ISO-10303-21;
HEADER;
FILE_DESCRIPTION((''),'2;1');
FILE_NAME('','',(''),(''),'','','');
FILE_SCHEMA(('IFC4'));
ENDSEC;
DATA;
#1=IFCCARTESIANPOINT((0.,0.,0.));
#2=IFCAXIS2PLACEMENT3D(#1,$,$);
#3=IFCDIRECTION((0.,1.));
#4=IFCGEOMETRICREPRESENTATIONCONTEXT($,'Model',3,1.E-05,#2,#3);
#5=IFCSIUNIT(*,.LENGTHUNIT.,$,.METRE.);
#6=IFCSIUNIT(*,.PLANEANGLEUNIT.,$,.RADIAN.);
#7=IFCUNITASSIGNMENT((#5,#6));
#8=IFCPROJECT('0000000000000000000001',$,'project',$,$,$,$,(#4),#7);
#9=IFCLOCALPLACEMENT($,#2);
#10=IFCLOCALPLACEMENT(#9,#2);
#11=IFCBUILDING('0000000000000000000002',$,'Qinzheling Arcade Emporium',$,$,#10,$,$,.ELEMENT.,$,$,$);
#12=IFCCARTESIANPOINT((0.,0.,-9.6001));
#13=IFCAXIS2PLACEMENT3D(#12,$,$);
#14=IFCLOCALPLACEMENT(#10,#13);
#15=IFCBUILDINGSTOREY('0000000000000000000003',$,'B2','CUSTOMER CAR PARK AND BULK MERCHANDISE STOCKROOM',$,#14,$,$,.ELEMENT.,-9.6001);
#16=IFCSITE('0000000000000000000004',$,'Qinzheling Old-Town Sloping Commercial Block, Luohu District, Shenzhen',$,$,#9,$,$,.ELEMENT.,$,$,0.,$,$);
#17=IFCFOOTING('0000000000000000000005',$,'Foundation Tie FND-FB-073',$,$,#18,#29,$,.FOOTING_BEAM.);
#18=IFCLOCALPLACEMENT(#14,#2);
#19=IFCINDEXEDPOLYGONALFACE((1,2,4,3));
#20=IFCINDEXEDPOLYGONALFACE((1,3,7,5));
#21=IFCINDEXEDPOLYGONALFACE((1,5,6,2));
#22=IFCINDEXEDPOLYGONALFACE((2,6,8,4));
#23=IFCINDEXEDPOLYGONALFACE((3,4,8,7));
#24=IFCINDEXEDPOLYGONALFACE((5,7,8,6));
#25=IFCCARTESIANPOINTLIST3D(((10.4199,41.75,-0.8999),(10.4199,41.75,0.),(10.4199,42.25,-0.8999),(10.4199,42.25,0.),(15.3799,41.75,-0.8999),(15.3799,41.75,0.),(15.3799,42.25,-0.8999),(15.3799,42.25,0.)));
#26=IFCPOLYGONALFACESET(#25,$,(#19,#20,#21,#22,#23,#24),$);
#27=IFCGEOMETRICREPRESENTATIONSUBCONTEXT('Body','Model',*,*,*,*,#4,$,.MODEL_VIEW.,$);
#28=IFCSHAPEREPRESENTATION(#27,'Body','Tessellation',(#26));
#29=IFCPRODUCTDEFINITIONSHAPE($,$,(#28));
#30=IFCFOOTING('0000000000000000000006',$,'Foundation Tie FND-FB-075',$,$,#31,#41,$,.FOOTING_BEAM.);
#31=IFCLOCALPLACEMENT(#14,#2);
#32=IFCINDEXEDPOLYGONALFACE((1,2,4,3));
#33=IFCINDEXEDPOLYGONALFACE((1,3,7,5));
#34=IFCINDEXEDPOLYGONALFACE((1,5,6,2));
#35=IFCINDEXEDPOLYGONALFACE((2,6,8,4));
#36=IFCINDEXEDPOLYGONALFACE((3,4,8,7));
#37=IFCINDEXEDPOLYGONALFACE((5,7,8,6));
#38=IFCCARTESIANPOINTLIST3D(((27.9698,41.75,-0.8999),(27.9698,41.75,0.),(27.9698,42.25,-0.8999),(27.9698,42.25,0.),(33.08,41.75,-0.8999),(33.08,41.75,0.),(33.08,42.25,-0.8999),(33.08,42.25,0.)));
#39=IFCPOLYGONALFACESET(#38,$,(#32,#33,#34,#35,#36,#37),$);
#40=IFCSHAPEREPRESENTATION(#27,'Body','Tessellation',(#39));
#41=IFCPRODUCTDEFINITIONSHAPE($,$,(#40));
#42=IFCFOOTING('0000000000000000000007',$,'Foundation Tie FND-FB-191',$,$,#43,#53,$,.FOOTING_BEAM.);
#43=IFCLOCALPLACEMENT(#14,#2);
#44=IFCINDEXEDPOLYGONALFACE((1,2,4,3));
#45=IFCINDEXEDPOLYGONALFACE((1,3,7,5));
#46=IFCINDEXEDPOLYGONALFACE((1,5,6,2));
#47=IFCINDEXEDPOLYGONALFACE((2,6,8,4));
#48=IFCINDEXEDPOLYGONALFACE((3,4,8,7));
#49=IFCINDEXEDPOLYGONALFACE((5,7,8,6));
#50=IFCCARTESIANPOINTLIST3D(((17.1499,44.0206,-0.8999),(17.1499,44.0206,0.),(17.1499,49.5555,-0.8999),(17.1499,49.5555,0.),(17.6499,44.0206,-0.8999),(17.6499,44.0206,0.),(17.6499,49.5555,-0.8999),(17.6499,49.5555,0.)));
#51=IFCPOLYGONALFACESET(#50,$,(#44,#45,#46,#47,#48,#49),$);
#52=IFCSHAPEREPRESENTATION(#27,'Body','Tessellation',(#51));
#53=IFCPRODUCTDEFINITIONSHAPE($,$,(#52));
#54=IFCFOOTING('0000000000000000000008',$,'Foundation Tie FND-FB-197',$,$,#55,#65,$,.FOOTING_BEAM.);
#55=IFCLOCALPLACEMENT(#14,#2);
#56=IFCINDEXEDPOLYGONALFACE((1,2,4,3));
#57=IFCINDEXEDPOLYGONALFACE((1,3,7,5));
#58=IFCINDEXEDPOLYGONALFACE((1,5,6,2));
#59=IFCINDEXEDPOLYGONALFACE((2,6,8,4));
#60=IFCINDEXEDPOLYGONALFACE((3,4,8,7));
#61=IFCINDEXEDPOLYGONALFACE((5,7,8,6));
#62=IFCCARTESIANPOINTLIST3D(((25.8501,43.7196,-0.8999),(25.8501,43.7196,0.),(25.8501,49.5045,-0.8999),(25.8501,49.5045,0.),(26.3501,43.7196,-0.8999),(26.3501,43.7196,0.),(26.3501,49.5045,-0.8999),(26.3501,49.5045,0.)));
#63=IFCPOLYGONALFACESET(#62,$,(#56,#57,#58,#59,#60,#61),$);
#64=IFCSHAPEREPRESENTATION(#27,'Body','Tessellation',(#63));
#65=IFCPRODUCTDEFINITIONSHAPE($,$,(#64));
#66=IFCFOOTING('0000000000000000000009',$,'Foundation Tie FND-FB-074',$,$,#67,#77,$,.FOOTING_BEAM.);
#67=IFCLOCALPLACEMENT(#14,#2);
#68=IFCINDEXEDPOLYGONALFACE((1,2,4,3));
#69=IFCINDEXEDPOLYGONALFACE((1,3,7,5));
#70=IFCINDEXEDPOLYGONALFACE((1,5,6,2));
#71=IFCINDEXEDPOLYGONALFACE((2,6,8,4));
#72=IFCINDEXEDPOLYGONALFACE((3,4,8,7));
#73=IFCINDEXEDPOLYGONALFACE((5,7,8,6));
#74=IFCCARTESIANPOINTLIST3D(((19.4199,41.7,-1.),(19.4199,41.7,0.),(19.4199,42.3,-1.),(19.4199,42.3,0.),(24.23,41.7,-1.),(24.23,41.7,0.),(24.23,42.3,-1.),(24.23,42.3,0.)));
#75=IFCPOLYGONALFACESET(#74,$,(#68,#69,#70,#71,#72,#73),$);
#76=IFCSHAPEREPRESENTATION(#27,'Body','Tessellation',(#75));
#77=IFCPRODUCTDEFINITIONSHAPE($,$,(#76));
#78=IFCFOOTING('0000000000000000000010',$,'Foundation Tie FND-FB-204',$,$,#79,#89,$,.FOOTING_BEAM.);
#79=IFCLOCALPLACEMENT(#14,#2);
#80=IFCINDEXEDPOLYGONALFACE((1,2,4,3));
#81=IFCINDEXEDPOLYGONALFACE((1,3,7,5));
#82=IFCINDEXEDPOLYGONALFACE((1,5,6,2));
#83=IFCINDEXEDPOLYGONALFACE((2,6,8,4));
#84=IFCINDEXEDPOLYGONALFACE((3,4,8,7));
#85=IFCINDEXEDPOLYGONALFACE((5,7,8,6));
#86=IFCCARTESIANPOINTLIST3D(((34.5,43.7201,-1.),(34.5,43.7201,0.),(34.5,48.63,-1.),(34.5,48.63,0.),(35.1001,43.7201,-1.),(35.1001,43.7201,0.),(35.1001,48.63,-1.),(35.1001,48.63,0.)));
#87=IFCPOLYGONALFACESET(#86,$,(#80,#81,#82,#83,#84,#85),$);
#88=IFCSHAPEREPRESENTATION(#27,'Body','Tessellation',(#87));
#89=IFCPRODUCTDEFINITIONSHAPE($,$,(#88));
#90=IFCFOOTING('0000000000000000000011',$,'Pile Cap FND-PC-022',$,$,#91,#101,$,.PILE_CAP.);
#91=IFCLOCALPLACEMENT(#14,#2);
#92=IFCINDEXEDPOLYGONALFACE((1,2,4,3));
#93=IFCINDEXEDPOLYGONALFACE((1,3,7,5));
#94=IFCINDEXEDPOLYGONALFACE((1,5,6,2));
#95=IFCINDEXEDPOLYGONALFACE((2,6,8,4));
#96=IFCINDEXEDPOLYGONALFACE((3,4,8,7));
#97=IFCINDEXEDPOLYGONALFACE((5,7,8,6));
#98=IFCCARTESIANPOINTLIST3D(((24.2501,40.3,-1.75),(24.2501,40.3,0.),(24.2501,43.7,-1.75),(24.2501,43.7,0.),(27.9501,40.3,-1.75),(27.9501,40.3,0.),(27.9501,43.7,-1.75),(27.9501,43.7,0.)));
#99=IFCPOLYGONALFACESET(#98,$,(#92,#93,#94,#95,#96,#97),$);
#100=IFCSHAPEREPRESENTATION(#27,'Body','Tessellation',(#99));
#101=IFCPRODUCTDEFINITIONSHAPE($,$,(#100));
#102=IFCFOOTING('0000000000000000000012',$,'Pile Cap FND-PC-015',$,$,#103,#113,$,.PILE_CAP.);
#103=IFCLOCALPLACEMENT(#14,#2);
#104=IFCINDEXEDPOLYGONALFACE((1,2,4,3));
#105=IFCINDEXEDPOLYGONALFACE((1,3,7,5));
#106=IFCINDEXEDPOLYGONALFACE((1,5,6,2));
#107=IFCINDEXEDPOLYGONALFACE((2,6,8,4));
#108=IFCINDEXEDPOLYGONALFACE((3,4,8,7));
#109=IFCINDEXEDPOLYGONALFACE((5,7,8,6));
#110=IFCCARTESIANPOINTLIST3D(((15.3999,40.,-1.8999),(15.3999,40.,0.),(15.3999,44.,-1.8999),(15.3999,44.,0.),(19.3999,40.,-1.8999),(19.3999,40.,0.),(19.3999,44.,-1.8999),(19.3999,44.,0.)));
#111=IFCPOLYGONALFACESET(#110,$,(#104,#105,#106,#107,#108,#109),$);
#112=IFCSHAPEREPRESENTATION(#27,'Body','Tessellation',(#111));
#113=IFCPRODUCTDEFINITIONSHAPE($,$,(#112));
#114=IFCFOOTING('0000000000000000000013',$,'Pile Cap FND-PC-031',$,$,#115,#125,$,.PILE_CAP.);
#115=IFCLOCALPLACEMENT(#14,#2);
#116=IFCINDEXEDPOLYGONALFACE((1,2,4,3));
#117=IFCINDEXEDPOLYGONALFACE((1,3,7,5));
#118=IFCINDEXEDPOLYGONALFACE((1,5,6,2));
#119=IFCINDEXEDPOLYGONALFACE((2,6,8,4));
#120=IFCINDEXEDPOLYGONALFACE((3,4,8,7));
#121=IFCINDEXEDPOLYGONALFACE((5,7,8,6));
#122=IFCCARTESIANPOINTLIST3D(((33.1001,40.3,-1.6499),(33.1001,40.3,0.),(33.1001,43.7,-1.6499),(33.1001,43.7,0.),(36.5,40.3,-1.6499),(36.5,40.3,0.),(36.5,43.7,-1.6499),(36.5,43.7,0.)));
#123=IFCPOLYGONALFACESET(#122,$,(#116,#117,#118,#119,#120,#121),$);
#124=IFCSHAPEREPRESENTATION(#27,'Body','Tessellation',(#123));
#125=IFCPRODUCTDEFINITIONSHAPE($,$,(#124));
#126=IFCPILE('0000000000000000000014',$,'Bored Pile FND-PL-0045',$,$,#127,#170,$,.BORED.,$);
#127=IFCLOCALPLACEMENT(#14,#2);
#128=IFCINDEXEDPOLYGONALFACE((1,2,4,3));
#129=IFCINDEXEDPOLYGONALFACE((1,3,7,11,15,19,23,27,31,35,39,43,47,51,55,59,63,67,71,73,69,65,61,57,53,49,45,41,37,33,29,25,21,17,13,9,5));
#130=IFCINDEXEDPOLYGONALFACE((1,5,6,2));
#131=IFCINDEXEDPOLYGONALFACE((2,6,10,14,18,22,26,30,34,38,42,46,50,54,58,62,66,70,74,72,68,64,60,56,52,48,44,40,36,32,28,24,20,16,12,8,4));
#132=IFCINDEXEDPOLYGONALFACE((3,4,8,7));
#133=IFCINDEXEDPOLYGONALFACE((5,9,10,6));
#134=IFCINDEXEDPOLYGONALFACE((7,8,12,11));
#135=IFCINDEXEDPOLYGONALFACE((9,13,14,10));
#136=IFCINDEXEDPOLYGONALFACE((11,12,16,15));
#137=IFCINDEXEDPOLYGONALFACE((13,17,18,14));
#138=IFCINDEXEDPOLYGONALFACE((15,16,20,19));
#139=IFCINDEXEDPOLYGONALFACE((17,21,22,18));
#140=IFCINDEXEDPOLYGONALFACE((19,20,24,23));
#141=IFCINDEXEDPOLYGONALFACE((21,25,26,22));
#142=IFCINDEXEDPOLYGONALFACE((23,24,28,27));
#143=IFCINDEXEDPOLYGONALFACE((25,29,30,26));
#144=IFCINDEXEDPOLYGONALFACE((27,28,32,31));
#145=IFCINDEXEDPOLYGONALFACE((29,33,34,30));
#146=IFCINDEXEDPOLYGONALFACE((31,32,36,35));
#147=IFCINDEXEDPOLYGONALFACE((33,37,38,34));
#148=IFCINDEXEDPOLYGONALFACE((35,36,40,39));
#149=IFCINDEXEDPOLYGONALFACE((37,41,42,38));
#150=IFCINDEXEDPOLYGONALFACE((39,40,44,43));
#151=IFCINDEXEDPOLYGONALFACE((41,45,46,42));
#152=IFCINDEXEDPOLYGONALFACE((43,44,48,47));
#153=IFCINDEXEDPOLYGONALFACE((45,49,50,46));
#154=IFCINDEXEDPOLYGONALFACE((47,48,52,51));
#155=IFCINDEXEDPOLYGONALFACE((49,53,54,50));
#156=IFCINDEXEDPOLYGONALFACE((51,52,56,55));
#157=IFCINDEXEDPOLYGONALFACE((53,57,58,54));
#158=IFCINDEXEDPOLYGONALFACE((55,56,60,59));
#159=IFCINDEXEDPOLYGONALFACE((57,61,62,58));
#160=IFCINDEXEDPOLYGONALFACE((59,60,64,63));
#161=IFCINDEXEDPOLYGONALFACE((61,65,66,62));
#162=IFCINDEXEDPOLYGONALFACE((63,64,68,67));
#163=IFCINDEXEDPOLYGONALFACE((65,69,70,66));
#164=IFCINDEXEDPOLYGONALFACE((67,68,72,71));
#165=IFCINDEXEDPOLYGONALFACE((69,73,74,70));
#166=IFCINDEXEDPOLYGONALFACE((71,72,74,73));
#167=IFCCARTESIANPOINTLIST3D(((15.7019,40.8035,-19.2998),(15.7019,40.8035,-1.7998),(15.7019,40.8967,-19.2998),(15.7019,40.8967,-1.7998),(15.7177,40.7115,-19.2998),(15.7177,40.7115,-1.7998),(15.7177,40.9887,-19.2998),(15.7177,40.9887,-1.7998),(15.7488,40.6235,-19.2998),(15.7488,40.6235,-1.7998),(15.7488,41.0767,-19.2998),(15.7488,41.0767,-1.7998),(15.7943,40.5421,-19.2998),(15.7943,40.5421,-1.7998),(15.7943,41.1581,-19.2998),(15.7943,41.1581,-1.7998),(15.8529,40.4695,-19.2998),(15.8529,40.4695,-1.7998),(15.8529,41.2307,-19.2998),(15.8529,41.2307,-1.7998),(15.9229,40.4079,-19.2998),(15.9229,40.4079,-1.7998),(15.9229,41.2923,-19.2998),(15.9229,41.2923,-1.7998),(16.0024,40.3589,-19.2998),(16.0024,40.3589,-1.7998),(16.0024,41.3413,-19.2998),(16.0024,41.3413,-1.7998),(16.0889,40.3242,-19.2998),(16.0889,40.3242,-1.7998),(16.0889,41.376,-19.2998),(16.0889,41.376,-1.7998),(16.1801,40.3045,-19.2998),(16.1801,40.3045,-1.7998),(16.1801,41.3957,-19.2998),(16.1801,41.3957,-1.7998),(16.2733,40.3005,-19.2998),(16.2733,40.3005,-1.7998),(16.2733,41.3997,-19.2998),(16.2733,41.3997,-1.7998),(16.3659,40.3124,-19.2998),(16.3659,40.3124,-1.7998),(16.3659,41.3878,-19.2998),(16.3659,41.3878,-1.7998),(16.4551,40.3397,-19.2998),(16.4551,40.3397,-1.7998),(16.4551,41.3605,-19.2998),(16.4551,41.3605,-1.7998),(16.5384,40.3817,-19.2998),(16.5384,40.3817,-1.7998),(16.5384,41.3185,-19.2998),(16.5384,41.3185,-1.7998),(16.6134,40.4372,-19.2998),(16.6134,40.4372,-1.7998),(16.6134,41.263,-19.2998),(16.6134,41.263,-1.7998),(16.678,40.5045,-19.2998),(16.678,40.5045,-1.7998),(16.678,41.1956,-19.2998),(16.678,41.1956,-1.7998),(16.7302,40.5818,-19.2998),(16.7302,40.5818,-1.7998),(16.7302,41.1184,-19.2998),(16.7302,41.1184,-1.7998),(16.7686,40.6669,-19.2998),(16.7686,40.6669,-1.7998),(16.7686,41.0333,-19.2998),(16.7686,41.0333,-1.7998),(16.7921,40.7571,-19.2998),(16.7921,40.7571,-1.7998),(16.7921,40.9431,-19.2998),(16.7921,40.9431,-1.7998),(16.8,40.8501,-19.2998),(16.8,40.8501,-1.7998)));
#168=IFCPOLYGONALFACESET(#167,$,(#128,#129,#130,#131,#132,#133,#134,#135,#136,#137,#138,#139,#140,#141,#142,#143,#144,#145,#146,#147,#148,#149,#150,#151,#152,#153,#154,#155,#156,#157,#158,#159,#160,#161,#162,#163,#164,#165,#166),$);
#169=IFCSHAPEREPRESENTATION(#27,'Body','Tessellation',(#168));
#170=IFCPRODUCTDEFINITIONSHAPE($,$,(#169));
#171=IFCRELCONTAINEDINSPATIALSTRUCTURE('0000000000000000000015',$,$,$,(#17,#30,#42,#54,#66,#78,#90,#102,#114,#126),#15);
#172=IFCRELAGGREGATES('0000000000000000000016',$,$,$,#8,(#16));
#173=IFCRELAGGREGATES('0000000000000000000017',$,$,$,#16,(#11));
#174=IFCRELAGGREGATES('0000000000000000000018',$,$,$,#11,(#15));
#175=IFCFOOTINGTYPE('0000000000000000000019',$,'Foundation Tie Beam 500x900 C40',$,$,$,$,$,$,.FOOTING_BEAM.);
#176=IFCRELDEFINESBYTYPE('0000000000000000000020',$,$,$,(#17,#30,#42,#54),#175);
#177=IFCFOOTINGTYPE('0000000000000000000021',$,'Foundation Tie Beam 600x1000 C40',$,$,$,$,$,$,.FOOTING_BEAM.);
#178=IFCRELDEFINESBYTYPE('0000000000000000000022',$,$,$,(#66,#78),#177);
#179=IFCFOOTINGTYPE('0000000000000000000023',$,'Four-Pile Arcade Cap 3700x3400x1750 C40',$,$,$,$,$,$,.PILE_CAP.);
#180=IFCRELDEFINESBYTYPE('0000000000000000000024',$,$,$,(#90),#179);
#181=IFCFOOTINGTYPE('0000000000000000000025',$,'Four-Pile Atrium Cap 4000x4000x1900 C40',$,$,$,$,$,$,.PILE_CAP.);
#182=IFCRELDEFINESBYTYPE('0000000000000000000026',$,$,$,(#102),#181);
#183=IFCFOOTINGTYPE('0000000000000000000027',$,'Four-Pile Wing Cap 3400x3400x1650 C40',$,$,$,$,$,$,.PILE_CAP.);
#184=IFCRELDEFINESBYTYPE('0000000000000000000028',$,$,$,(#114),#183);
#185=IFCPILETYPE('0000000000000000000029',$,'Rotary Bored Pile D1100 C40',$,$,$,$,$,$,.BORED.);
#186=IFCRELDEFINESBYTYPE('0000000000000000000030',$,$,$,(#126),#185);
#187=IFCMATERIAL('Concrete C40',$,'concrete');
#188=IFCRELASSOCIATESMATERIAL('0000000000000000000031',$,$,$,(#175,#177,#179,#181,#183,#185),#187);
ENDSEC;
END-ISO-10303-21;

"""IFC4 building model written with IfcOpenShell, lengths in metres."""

from ifc_helpers import new_model, si_unit, direction, frame, origin, origin_2d, place, context, subcontext, project, spatial, rectangle, circle, extrude, material, material_profile, profile_set, type_object, element, save


model = new_model("IFC4")

# Units and contexts
model_context = context("Model", 3, precision=1e-05, world=origin(), true_north=direction((0.0, 1.0)))
body_context = subcontext(model_context, "Body", "Model", "MODEL_VIEW")
ifc_project = project(units=[si_unit("LENGTHUNIT", "METRE"), si_unit("PLANEANGLEUNIT", "RADIAN")], contexts=[model_context])

# Site, building, storey
site_placement = place(None, origin())
site = spatial("IfcSite", under=ifc_project, at=site_placement, Name="Qinzheling Old-Town Sloping Commercial Block, Luohu District, Shenzhen", CompositionType="ELEMENT", RefElevation=0.0)
building_placement = place(site_placement, origin())
building = spatial("IfcBuilding", under=site, at=building_placement, Name="Qinzheling Arcade Emporium", CompositionType="ELEMENT")
storey_placement = place(building_placement, frame((0.0, 0.0, -9.6001)))
storey = spatial("IfcBuildingStorey", under=building, at=storey_placement, Name="B2", Description="CUSTOMER CAR PARK AND BULK MERCHANDISE STOCKROOM", CompositionType="ELEMENT", Elevation=-9.6001)

# Footings
ifc_material_1 = material(Name="Concrete C40", Category="concrete")
footing_type_1 = type_object("IfcFootingType", Name="Foundation Tie Beam 500x900 C40", PredefinedType="FOOTING_BEAM", material=ifc_material_1)
footing_1_placement = place(storey_placement, frame((12.8999, 42.0, -0.8999), z_axis=(0.0, 0.0, 1.0), x_axis=(1.0, 0.0, 0.0)))
element("IfcFooting", 1, at=footing_1_placement, inside=storey, type_object=footing_type_1, Name="Foundation Tie FND-FB-073", PredefinedType="FOOTING_BEAM", context=body_context, shape_type="SweptSolid", body=[
    extrude(rectangle(XDim=4.96, YDim=0.5, at=origin_2d()), origin(), (0.0, 0.0, 1.0), 0.8999),
])
footing_2_placement = place(storey_placement, frame((30.5249, 42.0, -0.8999), z_axis=(0.0, 0.0, 1.0), x_axis=(1.0, 0.0, 0.0)))
element("IfcFooting", 2, at=footing_2_placement, inside=storey, type_object=footing_type_1, Name="Foundation Tie FND-FB-075", PredefinedType="FOOTING_BEAM", context=body_context, shape_type="SweptSolid", body=[
    extrude(rectangle(XDim=5.1101, YDim=0.5, at=origin_2d()), origin(), (0.0, 0.0, 1.0), 0.8999),
])
footing_3_placement = place(storey_placement, frame((17.3999, 46.7881, -0.8999), z_axis=(0.0, 0.0, 1.0), x_axis=(1.0, 0.0, 0.0)))
element("IfcFooting", 3, at=footing_3_placement, inside=storey, type_object=footing_type_1, Name="Foundation Tie FND-FB-191", PredefinedType="FOOTING_BEAM", context=body_context, shape_type="SweptSolid", body=[
    extrude(rectangle(XDim=0.5, YDim=5.5349, at=origin_2d()), origin(), (0.0, 0.0, 1.0), 0.8999),
])
footing_4_placement = place(storey_placement, frame((26.1001, 46.6121, -0.8999), z_axis=(0.0, 0.0, 1.0), x_axis=(1.0, 0.0, 0.0)))
element("IfcFooting", 4, at=footing_4_placement, inside=storey, type_object=footing_type_1, Name="Foundation Tie FND-FB-197", PredefinedType="FOOTING_BEAM", context=body_context, shape_type="SweptSolid", body=[
    extrude(rectangle(XDim=0.5, YDim=5.7849, at=origin_2d()), origin(), (0.0, 0.0, 1.0), 0.8999),
])
footing_type_2 = type_object("IfcFootingType", Name="Foundation Tie Beam 600x1000 C40", PredefinedType="FOOTING_BEAM", material=ifc_material_1)
footing_5_placement = place(storey_placement, frame((21.825, 42.0, -1.0), z_axis=(0.0, 0.0, 1.0), x_axis=(1.0, 0.0, 0.0)))
element("IfcFooting", 5, at=footing_5_placement, inside=storey, type_object=footing_type_2, Name="Foundation Tie FND-FB-074", PredefinedType="FOOTING_BEAM", context=body_context, shape_type="SweptSolid", body=[
    extrude(rectangle(XDim=4.8101, YDim=0.6001, at=origin_2d()), origin(), (0.0, 0.0, 1.0), 1.0),
])
footing_6_placement = place(storey_placement, frame((34.8, 46.175, -1.0), z_axis=(0.0, 0.0, 1.0), x_axis=(1.0, 0.0, 0.0)))
element("IfcFooting", 6, at=footing_6_placement, inside=storey, type_object=footing_type_2, Name="Foundation Tie FND-FB-204", PredefinedType="FOOTING_BEAM", context=body_context, shape_type="SweptSolid", body=[
    extrude(rectangle(XDim=0.6001, YDim=4.9099, at=origin_2d()), origin(), (0.0, 0.0, 1.0), 1.0),
])
footing_type_3 = type_object("IfcFootingType", Name="Four-Pile Arcade Cap 3700x3400x1750 C40", PredefinedType="PILE_CAP", material=ifc_material_1)
footing_7_placement = place(storey_placement, frame((26.1001, 42.0, -1.75), z_axis=(0.0, 0.0, 1.0), x_axis=(1.0, 0.0, 0.0)))
element("IfcFooting", 7, at=footing_7_placement, inside=storey, type_object=footing_type_3, Name="Pile Cap FND-PC-022", PredefinedType="PILE_CAP", context=body_context, shape_type="SweptSolid", body=[
    extrude(rectangle(XDim=3.7, YDim=3.3999, at=origin_2d()), origin(), (0.0, 0.0, 1.0), 1.75),
])
footing_type_4 = type_object("IfcFootingType", Name="Four-Pile Atrium Cap 4000x4000x1900 C40", PredefinedType="PILE_CAP", material=ifc_material_1)
footing_8_placement = place(storey_placement, frame((17.3999, 42.0, -1.8999), z_axis=(0.0, 0.0, 1.0), x_axis=(1.0, 0.0, 0.0)))
element("IfcFooting", 8, at=footing_8_placement, inside=storey, type_object=footing_type_4, Name="Pile Cap FND-PC-015", PredefinedType="PILE_CAP", context=body_context, shape_type="SweptSolid", body=[
    extrude(rectangle(XDim=4.0, YDim=4.0, at=origin_2d()), origin(), (0.0, 0.0, 1.0), 1.8999),
])
footing_type_5 = type_object("IfcFootingType", Name="Four-Pile Wing Cap 3400x3400x1650 C40", PredefinedType="PILE_CAP", material=ifc_material_1)
footing_9_placement = place(storey_placement, frame((34.8, 42.0, -1.6499), z_axis=(0.0, 0.0, 1.0), x_axis=(1.0, 0.0, 0.0)))
element("IfcFooting", 9, at=footing_9_placement, inside=storey, type_object=footing_type_5, Name="Pile Cap FND-PC-031", PredefinedType="PILE_CAP", context=body_context, shape_type="SweptSolid", body=[
    extrude(rectangle(XDim=3.3999, YDim=3.3999, at=origin_2d()), origin(), (0.0, 0.0, 1.0), 1.6499),
])

# Pile
ifc_material_profile_1 = material_profile(ifc_material_1, circle(Radius=0.55, at=origin_2d()), Name="BORED D1100", Category="concrete")
ifc_profile_set_1 = profile_set([ifc_material_profile_1], Name="Concrete C40")
pile_type_1 = type_object("IfcPileType", Name="Rotary Bored Pile D1100 C40", PredefinedType="BORED", material=ifc_profile_set_1)
for number, where, z_axis, x_axis, name in (
    (10, (16.25, 40.8501, -1.7998), (0.0, 0.0, -1.0), (1.0, 0.0, 0.0), "Bored Pile FND-PL-0045"),
):
    element("IfcPile", number, at=place(storey_placement, frame(where, z_axis=z_axis, x_axis=x_axis)), inside=storey, type_object=pile_type_1, Name=name, PredefinedType="BORED", context=body_context, shape_type="SweptSolid", body=[
        extrude(circle(Radius=0.55, at=origin_2d()), origin(), (0.0, 0.0, 1.0), 17.5),
    ])

save(model, "model.ifc")
